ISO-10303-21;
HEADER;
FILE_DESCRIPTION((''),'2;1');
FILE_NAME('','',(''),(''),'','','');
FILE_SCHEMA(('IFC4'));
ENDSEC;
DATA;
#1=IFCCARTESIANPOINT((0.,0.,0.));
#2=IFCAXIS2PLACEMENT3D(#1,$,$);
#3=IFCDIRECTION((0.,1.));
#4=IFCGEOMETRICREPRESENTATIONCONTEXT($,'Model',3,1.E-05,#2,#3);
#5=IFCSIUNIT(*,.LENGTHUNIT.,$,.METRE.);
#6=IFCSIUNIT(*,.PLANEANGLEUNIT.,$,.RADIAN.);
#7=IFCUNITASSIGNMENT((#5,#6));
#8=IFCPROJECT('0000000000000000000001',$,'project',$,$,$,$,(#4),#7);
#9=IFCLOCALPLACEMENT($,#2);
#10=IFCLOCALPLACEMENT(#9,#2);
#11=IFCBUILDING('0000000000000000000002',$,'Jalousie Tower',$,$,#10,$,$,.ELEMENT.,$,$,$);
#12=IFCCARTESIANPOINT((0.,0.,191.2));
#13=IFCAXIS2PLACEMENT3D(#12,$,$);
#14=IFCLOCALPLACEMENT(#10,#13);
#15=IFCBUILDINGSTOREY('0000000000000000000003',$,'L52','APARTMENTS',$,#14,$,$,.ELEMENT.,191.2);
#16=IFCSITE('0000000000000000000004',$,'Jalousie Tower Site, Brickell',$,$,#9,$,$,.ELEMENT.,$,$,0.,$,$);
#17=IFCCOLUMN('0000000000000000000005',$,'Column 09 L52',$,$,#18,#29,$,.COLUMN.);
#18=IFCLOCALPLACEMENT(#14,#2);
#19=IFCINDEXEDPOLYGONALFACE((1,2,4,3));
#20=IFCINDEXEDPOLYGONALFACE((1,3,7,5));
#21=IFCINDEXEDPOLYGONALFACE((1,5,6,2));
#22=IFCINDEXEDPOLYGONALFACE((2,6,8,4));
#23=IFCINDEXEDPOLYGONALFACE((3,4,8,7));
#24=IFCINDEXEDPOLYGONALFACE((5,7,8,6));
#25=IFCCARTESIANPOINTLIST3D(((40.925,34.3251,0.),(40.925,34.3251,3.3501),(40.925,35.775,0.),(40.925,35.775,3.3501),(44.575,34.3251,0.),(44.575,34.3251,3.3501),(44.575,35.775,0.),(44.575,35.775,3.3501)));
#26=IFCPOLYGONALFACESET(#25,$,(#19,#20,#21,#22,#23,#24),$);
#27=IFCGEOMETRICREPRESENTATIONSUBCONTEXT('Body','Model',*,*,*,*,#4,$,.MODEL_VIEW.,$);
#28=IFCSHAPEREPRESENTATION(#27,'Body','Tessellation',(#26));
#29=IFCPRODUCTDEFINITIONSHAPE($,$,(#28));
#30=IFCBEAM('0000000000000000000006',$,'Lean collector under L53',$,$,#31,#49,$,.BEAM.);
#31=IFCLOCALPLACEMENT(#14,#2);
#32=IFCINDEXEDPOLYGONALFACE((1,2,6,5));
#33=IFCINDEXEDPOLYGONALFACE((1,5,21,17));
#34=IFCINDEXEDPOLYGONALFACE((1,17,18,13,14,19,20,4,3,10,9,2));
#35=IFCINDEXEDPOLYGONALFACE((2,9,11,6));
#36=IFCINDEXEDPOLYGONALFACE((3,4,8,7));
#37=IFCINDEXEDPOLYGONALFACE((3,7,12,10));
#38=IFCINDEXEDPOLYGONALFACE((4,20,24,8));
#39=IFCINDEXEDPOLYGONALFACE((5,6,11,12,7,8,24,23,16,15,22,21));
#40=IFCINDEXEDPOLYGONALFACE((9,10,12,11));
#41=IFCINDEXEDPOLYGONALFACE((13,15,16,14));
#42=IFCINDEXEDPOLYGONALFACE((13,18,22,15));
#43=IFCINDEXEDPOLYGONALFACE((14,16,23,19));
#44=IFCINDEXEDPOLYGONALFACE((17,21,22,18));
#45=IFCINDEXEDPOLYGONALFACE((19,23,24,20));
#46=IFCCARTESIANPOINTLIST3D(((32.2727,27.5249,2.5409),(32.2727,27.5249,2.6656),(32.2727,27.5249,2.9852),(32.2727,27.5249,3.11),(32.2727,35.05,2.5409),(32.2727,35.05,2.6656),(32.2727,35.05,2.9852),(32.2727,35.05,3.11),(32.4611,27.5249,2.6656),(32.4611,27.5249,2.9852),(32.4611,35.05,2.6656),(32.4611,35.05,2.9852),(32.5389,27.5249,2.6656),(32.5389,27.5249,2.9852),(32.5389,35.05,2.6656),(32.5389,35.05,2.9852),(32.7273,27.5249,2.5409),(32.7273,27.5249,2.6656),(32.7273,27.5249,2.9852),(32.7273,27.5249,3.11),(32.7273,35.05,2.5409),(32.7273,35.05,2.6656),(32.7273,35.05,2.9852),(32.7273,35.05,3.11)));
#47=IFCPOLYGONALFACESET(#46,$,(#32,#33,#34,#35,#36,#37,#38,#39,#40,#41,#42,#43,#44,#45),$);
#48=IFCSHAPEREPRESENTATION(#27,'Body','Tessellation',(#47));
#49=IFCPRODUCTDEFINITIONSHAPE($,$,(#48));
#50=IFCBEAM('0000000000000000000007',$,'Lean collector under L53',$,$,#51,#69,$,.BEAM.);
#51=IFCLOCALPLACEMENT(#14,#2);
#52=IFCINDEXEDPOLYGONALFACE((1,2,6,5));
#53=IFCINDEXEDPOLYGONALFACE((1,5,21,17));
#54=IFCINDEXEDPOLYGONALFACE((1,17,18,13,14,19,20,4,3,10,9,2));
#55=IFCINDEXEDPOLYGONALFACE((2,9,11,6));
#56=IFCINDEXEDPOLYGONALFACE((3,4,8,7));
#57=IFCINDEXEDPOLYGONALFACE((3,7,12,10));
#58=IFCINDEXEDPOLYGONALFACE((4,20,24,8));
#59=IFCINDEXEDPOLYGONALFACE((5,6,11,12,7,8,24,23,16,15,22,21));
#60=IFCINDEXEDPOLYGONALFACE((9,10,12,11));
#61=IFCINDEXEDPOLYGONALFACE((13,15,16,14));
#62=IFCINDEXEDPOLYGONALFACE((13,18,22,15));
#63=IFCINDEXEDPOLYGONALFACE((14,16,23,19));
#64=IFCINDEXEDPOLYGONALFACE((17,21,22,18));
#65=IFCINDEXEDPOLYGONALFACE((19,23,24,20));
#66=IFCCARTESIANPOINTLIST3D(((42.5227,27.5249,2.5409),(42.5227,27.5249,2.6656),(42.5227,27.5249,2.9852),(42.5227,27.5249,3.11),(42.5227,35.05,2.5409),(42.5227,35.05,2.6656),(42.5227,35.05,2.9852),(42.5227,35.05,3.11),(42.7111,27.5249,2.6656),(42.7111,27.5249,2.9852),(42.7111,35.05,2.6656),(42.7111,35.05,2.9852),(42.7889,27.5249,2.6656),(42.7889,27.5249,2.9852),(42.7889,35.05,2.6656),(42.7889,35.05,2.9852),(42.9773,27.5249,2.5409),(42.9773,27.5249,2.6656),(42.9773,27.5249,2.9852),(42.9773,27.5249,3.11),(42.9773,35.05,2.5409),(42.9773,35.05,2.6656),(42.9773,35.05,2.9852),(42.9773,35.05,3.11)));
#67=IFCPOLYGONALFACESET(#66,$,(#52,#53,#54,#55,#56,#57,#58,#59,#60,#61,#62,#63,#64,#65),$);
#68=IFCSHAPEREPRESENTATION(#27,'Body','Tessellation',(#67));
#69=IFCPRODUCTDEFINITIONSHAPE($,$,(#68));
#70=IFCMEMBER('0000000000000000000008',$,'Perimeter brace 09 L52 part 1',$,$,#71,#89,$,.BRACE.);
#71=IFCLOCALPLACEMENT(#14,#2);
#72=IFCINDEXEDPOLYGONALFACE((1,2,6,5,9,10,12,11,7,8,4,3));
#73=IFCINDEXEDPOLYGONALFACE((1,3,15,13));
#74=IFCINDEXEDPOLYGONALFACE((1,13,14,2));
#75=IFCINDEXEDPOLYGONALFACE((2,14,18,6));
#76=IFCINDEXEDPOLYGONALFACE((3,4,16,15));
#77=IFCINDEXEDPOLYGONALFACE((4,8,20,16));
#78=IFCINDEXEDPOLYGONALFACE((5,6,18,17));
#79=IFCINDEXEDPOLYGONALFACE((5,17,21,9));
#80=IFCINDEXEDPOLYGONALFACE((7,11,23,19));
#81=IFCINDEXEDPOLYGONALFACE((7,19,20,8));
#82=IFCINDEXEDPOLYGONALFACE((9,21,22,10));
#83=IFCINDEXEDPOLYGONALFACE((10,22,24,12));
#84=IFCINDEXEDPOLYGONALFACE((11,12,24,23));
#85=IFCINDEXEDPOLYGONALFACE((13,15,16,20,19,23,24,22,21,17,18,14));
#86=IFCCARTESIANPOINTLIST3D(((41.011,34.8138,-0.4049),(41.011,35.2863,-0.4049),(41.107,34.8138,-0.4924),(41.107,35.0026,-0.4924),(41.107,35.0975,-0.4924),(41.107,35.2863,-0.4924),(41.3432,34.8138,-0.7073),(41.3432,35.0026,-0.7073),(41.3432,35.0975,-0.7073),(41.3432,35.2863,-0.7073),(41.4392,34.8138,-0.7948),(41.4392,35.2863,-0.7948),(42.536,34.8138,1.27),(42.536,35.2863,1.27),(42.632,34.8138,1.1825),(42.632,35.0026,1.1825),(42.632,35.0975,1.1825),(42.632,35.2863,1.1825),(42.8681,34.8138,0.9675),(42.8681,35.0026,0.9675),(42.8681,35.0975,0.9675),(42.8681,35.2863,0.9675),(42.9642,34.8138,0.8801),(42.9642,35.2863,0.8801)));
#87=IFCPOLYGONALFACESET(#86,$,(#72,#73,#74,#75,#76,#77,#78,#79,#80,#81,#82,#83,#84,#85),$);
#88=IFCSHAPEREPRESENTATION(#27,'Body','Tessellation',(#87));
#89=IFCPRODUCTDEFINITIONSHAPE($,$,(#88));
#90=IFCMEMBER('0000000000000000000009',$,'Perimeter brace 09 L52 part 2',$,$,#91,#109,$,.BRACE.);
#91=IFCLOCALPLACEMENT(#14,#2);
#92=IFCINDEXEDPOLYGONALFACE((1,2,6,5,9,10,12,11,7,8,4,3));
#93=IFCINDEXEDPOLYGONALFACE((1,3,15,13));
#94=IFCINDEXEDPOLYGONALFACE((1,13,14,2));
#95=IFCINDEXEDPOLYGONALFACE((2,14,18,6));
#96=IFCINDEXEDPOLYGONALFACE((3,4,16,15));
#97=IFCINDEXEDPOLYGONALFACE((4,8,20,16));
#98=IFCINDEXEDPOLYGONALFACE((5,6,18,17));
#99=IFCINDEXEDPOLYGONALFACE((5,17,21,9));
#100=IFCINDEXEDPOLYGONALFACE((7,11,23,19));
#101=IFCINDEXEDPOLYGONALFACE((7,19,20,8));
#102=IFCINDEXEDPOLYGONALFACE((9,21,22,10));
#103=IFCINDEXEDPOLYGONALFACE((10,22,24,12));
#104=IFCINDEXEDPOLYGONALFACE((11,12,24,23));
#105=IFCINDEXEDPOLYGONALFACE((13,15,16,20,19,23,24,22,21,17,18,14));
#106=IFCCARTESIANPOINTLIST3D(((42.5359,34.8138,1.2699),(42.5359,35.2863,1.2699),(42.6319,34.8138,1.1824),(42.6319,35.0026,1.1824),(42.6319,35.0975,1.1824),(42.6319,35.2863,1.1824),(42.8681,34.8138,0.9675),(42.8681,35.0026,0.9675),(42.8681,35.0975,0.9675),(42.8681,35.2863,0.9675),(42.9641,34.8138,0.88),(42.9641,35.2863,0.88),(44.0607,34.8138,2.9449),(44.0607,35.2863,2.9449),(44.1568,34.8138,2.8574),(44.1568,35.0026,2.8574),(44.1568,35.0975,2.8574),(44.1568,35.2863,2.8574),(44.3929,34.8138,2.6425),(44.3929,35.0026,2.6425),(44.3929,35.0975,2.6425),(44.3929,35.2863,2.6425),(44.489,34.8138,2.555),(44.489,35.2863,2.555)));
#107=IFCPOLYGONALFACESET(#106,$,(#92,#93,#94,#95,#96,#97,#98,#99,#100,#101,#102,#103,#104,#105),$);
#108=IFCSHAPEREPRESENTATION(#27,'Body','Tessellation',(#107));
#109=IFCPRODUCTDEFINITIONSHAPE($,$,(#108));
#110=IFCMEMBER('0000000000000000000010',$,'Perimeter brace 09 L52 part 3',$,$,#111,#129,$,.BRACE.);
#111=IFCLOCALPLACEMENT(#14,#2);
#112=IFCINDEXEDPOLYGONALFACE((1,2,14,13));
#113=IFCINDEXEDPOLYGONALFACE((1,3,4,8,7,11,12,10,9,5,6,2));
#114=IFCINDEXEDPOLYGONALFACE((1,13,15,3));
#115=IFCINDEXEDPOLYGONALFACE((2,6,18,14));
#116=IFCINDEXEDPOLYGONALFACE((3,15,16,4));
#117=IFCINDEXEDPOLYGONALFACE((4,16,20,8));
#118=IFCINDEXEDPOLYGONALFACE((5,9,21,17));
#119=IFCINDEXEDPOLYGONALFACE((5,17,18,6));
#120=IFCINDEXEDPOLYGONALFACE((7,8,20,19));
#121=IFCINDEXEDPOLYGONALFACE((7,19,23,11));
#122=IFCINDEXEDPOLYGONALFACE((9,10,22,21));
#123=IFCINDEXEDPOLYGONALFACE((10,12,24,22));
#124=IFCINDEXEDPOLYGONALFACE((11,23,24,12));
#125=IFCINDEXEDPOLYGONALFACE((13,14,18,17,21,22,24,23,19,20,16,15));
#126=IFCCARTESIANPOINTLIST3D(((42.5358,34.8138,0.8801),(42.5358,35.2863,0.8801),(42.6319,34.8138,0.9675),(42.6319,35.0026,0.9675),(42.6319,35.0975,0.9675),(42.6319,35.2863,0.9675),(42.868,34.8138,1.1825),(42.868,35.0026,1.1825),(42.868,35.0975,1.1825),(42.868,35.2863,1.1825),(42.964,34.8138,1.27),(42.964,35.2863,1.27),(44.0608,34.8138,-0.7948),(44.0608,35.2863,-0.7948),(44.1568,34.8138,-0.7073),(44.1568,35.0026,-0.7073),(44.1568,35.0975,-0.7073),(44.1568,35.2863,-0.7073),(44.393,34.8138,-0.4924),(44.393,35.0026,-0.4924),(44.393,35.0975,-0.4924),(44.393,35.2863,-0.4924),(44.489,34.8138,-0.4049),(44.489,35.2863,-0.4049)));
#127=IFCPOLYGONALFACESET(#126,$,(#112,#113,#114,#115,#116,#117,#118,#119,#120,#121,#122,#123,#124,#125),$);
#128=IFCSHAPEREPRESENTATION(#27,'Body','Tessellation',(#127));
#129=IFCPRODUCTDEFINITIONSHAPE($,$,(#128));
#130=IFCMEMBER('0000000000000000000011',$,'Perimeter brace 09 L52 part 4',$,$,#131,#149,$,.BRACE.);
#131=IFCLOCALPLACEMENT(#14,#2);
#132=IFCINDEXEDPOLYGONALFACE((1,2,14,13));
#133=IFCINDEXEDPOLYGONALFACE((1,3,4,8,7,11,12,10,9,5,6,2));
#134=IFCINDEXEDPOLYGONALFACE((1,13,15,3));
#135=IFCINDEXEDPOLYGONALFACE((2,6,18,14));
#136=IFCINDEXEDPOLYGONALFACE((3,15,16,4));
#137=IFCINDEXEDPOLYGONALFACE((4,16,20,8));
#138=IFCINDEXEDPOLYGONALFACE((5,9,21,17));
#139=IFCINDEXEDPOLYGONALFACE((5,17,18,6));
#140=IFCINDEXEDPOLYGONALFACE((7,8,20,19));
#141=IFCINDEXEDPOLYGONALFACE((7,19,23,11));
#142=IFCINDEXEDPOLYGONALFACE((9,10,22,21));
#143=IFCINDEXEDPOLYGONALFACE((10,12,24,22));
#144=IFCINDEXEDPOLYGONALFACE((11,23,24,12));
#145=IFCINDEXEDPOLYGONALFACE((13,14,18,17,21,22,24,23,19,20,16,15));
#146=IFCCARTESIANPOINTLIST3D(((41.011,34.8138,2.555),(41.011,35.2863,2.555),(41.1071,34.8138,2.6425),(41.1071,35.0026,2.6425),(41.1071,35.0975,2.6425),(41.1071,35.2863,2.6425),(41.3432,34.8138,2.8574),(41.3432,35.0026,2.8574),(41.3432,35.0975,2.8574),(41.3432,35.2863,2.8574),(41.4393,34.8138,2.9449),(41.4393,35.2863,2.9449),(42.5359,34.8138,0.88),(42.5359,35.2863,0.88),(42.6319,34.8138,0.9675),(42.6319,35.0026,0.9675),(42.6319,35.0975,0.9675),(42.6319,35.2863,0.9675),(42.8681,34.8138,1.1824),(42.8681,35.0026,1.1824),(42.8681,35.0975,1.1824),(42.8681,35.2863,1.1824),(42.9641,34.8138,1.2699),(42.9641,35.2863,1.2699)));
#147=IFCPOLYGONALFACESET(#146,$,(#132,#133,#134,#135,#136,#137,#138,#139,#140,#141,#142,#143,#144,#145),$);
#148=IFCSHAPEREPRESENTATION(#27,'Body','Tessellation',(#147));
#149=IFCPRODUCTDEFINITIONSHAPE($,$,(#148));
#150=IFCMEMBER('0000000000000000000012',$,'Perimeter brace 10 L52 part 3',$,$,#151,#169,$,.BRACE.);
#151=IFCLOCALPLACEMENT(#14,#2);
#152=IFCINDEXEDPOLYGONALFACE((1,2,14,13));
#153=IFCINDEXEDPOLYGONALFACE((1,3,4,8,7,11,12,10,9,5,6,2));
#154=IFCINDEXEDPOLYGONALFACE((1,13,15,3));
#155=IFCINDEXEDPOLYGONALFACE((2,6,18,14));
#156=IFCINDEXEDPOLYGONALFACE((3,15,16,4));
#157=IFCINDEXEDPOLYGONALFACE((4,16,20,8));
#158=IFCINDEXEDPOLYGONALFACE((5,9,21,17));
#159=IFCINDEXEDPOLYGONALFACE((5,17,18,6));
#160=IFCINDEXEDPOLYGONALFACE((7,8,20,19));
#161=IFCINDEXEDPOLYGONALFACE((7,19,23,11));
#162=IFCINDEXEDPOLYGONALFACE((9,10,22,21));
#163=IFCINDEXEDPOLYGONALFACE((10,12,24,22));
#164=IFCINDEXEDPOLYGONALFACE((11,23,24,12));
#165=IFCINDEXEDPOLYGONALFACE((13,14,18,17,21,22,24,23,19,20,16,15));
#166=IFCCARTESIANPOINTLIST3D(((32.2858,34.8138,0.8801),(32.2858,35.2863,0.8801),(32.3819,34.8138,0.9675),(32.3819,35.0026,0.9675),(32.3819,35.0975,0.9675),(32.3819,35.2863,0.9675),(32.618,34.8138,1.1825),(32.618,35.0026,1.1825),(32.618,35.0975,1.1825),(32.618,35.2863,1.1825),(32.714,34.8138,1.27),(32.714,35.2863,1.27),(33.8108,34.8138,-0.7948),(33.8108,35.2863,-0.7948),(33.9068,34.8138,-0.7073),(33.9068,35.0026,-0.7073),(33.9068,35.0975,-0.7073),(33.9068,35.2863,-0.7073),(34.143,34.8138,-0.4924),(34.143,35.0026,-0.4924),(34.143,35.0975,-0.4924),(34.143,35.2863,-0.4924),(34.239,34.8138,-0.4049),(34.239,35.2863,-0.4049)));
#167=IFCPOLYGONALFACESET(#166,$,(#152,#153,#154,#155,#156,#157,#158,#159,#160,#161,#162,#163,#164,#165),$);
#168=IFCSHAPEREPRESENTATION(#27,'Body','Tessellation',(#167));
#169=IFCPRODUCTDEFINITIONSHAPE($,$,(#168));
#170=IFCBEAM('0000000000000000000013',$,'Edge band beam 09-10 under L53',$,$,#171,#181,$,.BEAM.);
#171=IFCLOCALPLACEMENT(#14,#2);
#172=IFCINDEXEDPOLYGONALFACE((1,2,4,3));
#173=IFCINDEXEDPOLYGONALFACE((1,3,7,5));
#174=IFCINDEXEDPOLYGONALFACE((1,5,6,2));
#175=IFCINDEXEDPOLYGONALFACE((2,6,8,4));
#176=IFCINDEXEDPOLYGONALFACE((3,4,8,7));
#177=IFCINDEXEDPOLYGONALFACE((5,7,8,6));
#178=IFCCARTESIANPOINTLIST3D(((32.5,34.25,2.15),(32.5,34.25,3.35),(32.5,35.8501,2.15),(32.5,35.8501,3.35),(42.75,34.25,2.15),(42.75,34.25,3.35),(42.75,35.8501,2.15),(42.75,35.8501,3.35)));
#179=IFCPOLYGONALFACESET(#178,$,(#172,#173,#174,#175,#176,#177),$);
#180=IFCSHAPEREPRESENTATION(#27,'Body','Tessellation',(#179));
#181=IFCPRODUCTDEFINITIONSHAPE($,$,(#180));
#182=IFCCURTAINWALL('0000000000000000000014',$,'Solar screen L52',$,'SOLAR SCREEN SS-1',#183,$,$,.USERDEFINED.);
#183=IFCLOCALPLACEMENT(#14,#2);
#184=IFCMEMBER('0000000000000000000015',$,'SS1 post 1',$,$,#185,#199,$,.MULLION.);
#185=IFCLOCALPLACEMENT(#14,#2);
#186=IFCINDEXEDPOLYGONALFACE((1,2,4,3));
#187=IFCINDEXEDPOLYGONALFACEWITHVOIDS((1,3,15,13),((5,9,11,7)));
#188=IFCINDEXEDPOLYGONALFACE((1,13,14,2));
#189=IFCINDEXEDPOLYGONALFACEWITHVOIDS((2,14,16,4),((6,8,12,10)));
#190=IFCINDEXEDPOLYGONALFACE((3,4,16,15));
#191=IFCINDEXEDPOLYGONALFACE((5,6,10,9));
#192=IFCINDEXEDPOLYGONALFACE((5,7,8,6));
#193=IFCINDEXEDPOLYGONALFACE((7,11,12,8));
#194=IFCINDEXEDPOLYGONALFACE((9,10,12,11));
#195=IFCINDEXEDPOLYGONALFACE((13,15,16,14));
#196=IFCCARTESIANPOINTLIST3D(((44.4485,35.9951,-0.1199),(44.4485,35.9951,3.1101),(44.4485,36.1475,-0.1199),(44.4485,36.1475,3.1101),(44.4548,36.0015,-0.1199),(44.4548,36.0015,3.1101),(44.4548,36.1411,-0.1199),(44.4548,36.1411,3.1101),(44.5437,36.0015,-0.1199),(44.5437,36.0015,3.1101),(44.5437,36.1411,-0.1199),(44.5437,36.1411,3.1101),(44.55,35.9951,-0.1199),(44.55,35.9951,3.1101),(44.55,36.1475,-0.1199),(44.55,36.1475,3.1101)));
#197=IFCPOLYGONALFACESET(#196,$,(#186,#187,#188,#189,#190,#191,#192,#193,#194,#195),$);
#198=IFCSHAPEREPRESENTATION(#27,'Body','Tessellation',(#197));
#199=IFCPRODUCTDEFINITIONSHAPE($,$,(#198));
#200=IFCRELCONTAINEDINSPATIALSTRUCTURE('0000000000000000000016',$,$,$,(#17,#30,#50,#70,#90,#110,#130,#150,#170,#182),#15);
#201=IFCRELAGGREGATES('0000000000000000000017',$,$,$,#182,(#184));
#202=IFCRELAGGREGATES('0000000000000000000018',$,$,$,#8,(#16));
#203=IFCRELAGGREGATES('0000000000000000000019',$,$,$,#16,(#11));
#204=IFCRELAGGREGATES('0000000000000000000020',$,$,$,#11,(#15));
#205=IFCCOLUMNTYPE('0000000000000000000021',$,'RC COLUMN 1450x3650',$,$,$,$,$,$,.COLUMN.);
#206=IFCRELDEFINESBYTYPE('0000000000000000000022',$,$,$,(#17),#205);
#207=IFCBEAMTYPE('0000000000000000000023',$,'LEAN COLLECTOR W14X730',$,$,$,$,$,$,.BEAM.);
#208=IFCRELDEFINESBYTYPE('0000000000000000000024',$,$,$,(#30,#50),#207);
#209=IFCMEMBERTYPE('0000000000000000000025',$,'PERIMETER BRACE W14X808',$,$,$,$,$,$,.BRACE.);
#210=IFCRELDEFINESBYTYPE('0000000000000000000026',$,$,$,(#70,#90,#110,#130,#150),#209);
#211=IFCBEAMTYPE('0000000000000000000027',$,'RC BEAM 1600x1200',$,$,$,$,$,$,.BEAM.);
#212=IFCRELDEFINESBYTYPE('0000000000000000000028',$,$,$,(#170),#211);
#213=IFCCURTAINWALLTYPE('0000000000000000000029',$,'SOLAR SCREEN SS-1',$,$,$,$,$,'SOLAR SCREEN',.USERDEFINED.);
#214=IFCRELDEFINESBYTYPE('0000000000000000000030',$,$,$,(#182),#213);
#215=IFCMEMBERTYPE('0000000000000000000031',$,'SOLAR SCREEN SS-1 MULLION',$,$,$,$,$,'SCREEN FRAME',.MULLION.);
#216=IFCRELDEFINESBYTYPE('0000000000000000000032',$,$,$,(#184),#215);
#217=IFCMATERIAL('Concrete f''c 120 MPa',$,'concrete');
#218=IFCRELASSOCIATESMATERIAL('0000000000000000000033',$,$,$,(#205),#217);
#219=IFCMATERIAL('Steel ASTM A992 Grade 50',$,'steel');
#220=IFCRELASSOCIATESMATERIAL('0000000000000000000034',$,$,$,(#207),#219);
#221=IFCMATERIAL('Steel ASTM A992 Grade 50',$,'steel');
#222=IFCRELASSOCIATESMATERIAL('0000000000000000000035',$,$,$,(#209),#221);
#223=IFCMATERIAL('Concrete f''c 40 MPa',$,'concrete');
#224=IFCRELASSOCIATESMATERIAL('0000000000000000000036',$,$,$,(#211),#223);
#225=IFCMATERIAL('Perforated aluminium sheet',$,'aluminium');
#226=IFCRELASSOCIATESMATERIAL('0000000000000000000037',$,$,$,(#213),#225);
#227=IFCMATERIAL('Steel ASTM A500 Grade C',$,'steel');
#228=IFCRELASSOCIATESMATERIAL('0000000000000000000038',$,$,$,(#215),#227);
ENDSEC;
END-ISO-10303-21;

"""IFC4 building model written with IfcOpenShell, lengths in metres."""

from ifc_helpers import new_model, si_unit, direction, frame, origin, origin_2d, place, context, subcontext, project, spatial, rectangle, hollow_rectangle, i_section, extrude, material, material_profile, profile_set, type_object, element, aggregate, save


model = new_model("IFC4")

# Units and contexts
model_context = context("Model", 3, precision=1e-05, world=origin(), true_north=direction((0.0, 1.0)))
body_context = subcontext(model_context, "Body", "Model", "MODEL_VIEW")
ifc_project = project(units=[si_unit("LENGTHUNIT", "METRE"), si_unit("PLANEANGLEUNIT", "RADIAN")], contexts=[model_context])

# Site, building, storey
site_placement = place(None, origin())
site = spatial("IfcSite", under=ifc_project, at=site_placement, Name="Jalousie Tower Site, Brickell", CompositionType="ELEMENT", RefElevation=0.0)
building_placement = place(site_placement, origin())
building = spatial("IfcBuilding", under=site, at=building_placement, Name="Jalousie Tower", CompositionType="ELEMENT")
storey_placement = place(building_placement, frame((0.0, 0.0, 191.2)))
storey = spatial("IfcBuildingStorey", under=building, at=storey_placement, Name="L52", Description="APARTMENTS", CompositionType="ELEMENT", Elevation=191.2)

# Column
ifc_material_1 = material(Name="Concrete f'c 120 MPa", Category="concrete")
ifc_material_profile_1 = material_profile(ifc_material_1, rectangle(XDim=1.45, YDim=3.6499, at=origin_2d()), Name="RC 1450x3650")
ifc_profile_set_1 = profile_set([ifc_material_profile_1], Name="Concrete f'c 120 MPa")
column_type = type_object("IfcColumnType", Name="RC COLUMN 1450x3650", PredefinedType="COLUMN", material=ifc_profile_set_1)
column_placement = place(storey_placement, frame((42.75, 35.05, 0.0), z_axis=(0.0, 0.0, 1.0), x_axis=(0.0, 1.0, 0.0)))
element("IfcColumn", 1, at=column_placement, inside=storey, type_object=column_type, Name="Column 09 L52", PredefinedType="COLUMN", context=body_context, shape_type="SweptSolid", body=[
    extrude(rectangle(XDim=1.45, YDim=3.6499, at=origin_2d()), origin(), (0.0, 0.0, 1.0), 3.3501),
])

# Beams
ifc_material_2 = material(Name="Steel ASTM A992 Grade 50", Category="steel")
ifc_material_profile_2 = material_profile(ifc_material_2, i_section(OverallWidth=0.4546, OverallDepth=0.5691, WebThickness=0.0779, FlangeThickness=0.1248, at=origin_2d()), Name="W14X730")
ifc_profile_set_2 = profile_set([ifc_material_profile_2], Name="Steel ASTM A992 Grade 50")
beam_type_1 = type_object("IfcBeamType", Name="LEAN COLLECTOR W14X730", PredefinedType="BEAM", material=ifc_profile_set_2)
for number, where, z_axis, x_axis, name in (
    (2, (32.5, 35.05, 2.8254), (0.0, -1.0, 0.0), (1.0, 0.0, 0.0), "Lean collector under L53"),
    (3, (42.75, 35.05, 2.8254), (0.0, -1.0, 0.0), (1.0, 0.0, 0.0), "Lean collector under L53"),
):
    element("IfcBeam", number, at=place(storey_placement, frame(where, z_axis=z_axis, x_axis=x_axis)), inside=storey, type_object=beam_type_1, Name=name, PredefinedType="BEAM", context=body_context, shape_type="SweptSolid", body=[
        extrude(i_section(OverallWidth=0.4546, OverallDepth=0.5691, WebThickness=0.0779, FlangeThickness=0.1248, at=origin_2d()), origin(), (0.0, 0.0, 1.0), 7.5251),
    ])

# Members
ifc_material_3 = material(Name="Steel ASTM A992 Grade 50", Category="steel")
ifc_material_profile_3 = material_profile(ifc_material_3, i_section(OverallWidth=0.4724, OverallDepth=0.5791, WebThickness=0.095, FlangeThickness=0.1299, at=origin_2d()), Name="W14X808")
ifc_profile_set_3 = profile_set([ifc_material_profile_3], Name="Steel ASTM A992 Grade 50")
member_type_1 = type_object("IfcMemberType", Name="PERIMETER BRACE W14X808", PredefinedType="BRACE", material=ifc_profile_set_3)
for number, where, z_axis, x_axis, name in (
    (4, (41.2251, 35.05, -0.5999), (0.673241, 0.0, 0.739423), (0.0, 1.0, 0.0), "Perimeter brace 09 L52 part 1"),
    (5, (42.75, 35.05, 1.075), (0.673188, 0.0, 0.739472), (0.0, 1.0, 0.0), "Perimeter brace 09 L52 part 2"),
    (6, (44.2749, 35.05, -0.5999), (-0.673241, 0.0, 0.739423), (0.0, -1.0, 0.0), "Perimeter brace 09 L52 part 3"),
    (7, (42.75, 35.05, 1.075), (-0.673188, 0.0, 0.739472), (0.0, -1.0, 0.0), "Perimeter brace 09 L52 part 4"),
    (8, (34.0249, 35.05, -0.5999), (-0.673241, 0.0, 0.739423), (0.0, -1.0, 0.0), "Perimeter brace 10 L52 part 3"),
):
    element("IfcMember", number, at=place(storey_placement, frame(where, z_axis=z_axis, x_axis=x_axis)), inside=storey, type_object=member_type_1, Name=name, PredefinedType="BRACE", context=body_context, shape_type="SweptSolid", body=[
        extrude(i_section(OverallWidth=0.4724, OverallDepth=0.5791, WebThickness=0.095, FlangeThickness=0.1299, at=origin_2d()), origin(), (0.0, 0.0, 1.0), 2.2651),
    ])

# Beam
ifc_material_4 = material(Name="Concrete f'c 40 MPa", Category="concrete")
ifc_material_profile_4 = material_profile(ifc_material_4, rectangle(XDim=1.6001, YDim=1.2, at=origin_2d()), Name="RC 1600x1200")
ifc_profile_set_4 = profile_set([ifc_material_profile_4], Name="Concrete f'c 40 MPa")
beam_type_2 = type_object("IfcBeamType", Name="RC BEAM 1600x1200", PredefinedType="BEAM", material=ifc_profile_set_4)
beam_placement = place(storey_placement, frame((42.75, 35.05, 2.75), z_axis=(-1.0, 0.0, 0.0), x_axis=(0.0, -1.0, 0.0)))
element("IfcBeam", 9, at=beam_placement, inside=storey, type_object=beam_type_2, Name="Edge band beam 09-10 under L53", PredefinedType="BEAM", context=body_context, shape_type="SweptSolid", body=[
    extrude(rectangle(XDim=1.6001, YDim=1.2, at=origin_2d()), origin(), (0.0, 0.0, 1.0), 10.25),
])

# Curtain wall, member
ifc_material_5 = material(Name="Perforated aluminium sheet", Category="aluminium")
curtain_wall_type = type_object("IfcCurtainWallType", Name="SOLAR SCREEN SS-1", ElementType="SOLAR SCREEN", PredefinedType="USERDEFINED", material=ifc_material_5)
curtain_wall_1_placement = place(storey_placement, origin())
curtain_wall_1 = element("IfcCurtainWall", 10, at=curtain_wall_1_placement, inside=storey, type_object=curtain_wall_type, Name="Solar screen L52", ObjectType="SOLAR SCREEN SS-1", PredefinedType="USERDEFINED")
ifc_material_6 = material(Name="Steel ASTM A500 Grade C", Category="steel")
ifc_material_profile_5 = material_profile(ifc_material_6, hollow_rectangle(XDim=0.1016, YDim=0.1523, WallThickness=0.0063, at=origin_2d()), Name="HSS6X4X1/4")
ifc_profile_set_5 = profile_set([ifc_material_profile_5], Name="Steel ASTM A500 Grade C")
member_type_2 = type_object("IfcMemberType", Name="SOLAR SCREEN SS-1 MULLION", ElementType="SCREEN FRAME", PredefinedType="MULLION", material=ifc_profile_set_5)
member_1_placement = place(storey_placement, frame((44.4993, 36.0713, -0.1199), z_axis=(0.0, 0.0, 1.0), x_axis=(-1.0, 0.0, 0.0)))
member_1 = element("IfcMember", 11, at=member_1_placement, type_object=member_type_2, Name="SS1 post 1", PredefinedType="MULLION", context=body_context, shape_type="SweptSolid", body=[
    extrude(hollow_rectangle(XDim=0.1016, YDim=0.1523, WallThickness=0.0063, at=origin_2d()), origin(), (0.0, 0.0, 1.0), 3.23),
])

aggregate(curtain_wall_1, [member_1])

save(model, "model.ifc")
